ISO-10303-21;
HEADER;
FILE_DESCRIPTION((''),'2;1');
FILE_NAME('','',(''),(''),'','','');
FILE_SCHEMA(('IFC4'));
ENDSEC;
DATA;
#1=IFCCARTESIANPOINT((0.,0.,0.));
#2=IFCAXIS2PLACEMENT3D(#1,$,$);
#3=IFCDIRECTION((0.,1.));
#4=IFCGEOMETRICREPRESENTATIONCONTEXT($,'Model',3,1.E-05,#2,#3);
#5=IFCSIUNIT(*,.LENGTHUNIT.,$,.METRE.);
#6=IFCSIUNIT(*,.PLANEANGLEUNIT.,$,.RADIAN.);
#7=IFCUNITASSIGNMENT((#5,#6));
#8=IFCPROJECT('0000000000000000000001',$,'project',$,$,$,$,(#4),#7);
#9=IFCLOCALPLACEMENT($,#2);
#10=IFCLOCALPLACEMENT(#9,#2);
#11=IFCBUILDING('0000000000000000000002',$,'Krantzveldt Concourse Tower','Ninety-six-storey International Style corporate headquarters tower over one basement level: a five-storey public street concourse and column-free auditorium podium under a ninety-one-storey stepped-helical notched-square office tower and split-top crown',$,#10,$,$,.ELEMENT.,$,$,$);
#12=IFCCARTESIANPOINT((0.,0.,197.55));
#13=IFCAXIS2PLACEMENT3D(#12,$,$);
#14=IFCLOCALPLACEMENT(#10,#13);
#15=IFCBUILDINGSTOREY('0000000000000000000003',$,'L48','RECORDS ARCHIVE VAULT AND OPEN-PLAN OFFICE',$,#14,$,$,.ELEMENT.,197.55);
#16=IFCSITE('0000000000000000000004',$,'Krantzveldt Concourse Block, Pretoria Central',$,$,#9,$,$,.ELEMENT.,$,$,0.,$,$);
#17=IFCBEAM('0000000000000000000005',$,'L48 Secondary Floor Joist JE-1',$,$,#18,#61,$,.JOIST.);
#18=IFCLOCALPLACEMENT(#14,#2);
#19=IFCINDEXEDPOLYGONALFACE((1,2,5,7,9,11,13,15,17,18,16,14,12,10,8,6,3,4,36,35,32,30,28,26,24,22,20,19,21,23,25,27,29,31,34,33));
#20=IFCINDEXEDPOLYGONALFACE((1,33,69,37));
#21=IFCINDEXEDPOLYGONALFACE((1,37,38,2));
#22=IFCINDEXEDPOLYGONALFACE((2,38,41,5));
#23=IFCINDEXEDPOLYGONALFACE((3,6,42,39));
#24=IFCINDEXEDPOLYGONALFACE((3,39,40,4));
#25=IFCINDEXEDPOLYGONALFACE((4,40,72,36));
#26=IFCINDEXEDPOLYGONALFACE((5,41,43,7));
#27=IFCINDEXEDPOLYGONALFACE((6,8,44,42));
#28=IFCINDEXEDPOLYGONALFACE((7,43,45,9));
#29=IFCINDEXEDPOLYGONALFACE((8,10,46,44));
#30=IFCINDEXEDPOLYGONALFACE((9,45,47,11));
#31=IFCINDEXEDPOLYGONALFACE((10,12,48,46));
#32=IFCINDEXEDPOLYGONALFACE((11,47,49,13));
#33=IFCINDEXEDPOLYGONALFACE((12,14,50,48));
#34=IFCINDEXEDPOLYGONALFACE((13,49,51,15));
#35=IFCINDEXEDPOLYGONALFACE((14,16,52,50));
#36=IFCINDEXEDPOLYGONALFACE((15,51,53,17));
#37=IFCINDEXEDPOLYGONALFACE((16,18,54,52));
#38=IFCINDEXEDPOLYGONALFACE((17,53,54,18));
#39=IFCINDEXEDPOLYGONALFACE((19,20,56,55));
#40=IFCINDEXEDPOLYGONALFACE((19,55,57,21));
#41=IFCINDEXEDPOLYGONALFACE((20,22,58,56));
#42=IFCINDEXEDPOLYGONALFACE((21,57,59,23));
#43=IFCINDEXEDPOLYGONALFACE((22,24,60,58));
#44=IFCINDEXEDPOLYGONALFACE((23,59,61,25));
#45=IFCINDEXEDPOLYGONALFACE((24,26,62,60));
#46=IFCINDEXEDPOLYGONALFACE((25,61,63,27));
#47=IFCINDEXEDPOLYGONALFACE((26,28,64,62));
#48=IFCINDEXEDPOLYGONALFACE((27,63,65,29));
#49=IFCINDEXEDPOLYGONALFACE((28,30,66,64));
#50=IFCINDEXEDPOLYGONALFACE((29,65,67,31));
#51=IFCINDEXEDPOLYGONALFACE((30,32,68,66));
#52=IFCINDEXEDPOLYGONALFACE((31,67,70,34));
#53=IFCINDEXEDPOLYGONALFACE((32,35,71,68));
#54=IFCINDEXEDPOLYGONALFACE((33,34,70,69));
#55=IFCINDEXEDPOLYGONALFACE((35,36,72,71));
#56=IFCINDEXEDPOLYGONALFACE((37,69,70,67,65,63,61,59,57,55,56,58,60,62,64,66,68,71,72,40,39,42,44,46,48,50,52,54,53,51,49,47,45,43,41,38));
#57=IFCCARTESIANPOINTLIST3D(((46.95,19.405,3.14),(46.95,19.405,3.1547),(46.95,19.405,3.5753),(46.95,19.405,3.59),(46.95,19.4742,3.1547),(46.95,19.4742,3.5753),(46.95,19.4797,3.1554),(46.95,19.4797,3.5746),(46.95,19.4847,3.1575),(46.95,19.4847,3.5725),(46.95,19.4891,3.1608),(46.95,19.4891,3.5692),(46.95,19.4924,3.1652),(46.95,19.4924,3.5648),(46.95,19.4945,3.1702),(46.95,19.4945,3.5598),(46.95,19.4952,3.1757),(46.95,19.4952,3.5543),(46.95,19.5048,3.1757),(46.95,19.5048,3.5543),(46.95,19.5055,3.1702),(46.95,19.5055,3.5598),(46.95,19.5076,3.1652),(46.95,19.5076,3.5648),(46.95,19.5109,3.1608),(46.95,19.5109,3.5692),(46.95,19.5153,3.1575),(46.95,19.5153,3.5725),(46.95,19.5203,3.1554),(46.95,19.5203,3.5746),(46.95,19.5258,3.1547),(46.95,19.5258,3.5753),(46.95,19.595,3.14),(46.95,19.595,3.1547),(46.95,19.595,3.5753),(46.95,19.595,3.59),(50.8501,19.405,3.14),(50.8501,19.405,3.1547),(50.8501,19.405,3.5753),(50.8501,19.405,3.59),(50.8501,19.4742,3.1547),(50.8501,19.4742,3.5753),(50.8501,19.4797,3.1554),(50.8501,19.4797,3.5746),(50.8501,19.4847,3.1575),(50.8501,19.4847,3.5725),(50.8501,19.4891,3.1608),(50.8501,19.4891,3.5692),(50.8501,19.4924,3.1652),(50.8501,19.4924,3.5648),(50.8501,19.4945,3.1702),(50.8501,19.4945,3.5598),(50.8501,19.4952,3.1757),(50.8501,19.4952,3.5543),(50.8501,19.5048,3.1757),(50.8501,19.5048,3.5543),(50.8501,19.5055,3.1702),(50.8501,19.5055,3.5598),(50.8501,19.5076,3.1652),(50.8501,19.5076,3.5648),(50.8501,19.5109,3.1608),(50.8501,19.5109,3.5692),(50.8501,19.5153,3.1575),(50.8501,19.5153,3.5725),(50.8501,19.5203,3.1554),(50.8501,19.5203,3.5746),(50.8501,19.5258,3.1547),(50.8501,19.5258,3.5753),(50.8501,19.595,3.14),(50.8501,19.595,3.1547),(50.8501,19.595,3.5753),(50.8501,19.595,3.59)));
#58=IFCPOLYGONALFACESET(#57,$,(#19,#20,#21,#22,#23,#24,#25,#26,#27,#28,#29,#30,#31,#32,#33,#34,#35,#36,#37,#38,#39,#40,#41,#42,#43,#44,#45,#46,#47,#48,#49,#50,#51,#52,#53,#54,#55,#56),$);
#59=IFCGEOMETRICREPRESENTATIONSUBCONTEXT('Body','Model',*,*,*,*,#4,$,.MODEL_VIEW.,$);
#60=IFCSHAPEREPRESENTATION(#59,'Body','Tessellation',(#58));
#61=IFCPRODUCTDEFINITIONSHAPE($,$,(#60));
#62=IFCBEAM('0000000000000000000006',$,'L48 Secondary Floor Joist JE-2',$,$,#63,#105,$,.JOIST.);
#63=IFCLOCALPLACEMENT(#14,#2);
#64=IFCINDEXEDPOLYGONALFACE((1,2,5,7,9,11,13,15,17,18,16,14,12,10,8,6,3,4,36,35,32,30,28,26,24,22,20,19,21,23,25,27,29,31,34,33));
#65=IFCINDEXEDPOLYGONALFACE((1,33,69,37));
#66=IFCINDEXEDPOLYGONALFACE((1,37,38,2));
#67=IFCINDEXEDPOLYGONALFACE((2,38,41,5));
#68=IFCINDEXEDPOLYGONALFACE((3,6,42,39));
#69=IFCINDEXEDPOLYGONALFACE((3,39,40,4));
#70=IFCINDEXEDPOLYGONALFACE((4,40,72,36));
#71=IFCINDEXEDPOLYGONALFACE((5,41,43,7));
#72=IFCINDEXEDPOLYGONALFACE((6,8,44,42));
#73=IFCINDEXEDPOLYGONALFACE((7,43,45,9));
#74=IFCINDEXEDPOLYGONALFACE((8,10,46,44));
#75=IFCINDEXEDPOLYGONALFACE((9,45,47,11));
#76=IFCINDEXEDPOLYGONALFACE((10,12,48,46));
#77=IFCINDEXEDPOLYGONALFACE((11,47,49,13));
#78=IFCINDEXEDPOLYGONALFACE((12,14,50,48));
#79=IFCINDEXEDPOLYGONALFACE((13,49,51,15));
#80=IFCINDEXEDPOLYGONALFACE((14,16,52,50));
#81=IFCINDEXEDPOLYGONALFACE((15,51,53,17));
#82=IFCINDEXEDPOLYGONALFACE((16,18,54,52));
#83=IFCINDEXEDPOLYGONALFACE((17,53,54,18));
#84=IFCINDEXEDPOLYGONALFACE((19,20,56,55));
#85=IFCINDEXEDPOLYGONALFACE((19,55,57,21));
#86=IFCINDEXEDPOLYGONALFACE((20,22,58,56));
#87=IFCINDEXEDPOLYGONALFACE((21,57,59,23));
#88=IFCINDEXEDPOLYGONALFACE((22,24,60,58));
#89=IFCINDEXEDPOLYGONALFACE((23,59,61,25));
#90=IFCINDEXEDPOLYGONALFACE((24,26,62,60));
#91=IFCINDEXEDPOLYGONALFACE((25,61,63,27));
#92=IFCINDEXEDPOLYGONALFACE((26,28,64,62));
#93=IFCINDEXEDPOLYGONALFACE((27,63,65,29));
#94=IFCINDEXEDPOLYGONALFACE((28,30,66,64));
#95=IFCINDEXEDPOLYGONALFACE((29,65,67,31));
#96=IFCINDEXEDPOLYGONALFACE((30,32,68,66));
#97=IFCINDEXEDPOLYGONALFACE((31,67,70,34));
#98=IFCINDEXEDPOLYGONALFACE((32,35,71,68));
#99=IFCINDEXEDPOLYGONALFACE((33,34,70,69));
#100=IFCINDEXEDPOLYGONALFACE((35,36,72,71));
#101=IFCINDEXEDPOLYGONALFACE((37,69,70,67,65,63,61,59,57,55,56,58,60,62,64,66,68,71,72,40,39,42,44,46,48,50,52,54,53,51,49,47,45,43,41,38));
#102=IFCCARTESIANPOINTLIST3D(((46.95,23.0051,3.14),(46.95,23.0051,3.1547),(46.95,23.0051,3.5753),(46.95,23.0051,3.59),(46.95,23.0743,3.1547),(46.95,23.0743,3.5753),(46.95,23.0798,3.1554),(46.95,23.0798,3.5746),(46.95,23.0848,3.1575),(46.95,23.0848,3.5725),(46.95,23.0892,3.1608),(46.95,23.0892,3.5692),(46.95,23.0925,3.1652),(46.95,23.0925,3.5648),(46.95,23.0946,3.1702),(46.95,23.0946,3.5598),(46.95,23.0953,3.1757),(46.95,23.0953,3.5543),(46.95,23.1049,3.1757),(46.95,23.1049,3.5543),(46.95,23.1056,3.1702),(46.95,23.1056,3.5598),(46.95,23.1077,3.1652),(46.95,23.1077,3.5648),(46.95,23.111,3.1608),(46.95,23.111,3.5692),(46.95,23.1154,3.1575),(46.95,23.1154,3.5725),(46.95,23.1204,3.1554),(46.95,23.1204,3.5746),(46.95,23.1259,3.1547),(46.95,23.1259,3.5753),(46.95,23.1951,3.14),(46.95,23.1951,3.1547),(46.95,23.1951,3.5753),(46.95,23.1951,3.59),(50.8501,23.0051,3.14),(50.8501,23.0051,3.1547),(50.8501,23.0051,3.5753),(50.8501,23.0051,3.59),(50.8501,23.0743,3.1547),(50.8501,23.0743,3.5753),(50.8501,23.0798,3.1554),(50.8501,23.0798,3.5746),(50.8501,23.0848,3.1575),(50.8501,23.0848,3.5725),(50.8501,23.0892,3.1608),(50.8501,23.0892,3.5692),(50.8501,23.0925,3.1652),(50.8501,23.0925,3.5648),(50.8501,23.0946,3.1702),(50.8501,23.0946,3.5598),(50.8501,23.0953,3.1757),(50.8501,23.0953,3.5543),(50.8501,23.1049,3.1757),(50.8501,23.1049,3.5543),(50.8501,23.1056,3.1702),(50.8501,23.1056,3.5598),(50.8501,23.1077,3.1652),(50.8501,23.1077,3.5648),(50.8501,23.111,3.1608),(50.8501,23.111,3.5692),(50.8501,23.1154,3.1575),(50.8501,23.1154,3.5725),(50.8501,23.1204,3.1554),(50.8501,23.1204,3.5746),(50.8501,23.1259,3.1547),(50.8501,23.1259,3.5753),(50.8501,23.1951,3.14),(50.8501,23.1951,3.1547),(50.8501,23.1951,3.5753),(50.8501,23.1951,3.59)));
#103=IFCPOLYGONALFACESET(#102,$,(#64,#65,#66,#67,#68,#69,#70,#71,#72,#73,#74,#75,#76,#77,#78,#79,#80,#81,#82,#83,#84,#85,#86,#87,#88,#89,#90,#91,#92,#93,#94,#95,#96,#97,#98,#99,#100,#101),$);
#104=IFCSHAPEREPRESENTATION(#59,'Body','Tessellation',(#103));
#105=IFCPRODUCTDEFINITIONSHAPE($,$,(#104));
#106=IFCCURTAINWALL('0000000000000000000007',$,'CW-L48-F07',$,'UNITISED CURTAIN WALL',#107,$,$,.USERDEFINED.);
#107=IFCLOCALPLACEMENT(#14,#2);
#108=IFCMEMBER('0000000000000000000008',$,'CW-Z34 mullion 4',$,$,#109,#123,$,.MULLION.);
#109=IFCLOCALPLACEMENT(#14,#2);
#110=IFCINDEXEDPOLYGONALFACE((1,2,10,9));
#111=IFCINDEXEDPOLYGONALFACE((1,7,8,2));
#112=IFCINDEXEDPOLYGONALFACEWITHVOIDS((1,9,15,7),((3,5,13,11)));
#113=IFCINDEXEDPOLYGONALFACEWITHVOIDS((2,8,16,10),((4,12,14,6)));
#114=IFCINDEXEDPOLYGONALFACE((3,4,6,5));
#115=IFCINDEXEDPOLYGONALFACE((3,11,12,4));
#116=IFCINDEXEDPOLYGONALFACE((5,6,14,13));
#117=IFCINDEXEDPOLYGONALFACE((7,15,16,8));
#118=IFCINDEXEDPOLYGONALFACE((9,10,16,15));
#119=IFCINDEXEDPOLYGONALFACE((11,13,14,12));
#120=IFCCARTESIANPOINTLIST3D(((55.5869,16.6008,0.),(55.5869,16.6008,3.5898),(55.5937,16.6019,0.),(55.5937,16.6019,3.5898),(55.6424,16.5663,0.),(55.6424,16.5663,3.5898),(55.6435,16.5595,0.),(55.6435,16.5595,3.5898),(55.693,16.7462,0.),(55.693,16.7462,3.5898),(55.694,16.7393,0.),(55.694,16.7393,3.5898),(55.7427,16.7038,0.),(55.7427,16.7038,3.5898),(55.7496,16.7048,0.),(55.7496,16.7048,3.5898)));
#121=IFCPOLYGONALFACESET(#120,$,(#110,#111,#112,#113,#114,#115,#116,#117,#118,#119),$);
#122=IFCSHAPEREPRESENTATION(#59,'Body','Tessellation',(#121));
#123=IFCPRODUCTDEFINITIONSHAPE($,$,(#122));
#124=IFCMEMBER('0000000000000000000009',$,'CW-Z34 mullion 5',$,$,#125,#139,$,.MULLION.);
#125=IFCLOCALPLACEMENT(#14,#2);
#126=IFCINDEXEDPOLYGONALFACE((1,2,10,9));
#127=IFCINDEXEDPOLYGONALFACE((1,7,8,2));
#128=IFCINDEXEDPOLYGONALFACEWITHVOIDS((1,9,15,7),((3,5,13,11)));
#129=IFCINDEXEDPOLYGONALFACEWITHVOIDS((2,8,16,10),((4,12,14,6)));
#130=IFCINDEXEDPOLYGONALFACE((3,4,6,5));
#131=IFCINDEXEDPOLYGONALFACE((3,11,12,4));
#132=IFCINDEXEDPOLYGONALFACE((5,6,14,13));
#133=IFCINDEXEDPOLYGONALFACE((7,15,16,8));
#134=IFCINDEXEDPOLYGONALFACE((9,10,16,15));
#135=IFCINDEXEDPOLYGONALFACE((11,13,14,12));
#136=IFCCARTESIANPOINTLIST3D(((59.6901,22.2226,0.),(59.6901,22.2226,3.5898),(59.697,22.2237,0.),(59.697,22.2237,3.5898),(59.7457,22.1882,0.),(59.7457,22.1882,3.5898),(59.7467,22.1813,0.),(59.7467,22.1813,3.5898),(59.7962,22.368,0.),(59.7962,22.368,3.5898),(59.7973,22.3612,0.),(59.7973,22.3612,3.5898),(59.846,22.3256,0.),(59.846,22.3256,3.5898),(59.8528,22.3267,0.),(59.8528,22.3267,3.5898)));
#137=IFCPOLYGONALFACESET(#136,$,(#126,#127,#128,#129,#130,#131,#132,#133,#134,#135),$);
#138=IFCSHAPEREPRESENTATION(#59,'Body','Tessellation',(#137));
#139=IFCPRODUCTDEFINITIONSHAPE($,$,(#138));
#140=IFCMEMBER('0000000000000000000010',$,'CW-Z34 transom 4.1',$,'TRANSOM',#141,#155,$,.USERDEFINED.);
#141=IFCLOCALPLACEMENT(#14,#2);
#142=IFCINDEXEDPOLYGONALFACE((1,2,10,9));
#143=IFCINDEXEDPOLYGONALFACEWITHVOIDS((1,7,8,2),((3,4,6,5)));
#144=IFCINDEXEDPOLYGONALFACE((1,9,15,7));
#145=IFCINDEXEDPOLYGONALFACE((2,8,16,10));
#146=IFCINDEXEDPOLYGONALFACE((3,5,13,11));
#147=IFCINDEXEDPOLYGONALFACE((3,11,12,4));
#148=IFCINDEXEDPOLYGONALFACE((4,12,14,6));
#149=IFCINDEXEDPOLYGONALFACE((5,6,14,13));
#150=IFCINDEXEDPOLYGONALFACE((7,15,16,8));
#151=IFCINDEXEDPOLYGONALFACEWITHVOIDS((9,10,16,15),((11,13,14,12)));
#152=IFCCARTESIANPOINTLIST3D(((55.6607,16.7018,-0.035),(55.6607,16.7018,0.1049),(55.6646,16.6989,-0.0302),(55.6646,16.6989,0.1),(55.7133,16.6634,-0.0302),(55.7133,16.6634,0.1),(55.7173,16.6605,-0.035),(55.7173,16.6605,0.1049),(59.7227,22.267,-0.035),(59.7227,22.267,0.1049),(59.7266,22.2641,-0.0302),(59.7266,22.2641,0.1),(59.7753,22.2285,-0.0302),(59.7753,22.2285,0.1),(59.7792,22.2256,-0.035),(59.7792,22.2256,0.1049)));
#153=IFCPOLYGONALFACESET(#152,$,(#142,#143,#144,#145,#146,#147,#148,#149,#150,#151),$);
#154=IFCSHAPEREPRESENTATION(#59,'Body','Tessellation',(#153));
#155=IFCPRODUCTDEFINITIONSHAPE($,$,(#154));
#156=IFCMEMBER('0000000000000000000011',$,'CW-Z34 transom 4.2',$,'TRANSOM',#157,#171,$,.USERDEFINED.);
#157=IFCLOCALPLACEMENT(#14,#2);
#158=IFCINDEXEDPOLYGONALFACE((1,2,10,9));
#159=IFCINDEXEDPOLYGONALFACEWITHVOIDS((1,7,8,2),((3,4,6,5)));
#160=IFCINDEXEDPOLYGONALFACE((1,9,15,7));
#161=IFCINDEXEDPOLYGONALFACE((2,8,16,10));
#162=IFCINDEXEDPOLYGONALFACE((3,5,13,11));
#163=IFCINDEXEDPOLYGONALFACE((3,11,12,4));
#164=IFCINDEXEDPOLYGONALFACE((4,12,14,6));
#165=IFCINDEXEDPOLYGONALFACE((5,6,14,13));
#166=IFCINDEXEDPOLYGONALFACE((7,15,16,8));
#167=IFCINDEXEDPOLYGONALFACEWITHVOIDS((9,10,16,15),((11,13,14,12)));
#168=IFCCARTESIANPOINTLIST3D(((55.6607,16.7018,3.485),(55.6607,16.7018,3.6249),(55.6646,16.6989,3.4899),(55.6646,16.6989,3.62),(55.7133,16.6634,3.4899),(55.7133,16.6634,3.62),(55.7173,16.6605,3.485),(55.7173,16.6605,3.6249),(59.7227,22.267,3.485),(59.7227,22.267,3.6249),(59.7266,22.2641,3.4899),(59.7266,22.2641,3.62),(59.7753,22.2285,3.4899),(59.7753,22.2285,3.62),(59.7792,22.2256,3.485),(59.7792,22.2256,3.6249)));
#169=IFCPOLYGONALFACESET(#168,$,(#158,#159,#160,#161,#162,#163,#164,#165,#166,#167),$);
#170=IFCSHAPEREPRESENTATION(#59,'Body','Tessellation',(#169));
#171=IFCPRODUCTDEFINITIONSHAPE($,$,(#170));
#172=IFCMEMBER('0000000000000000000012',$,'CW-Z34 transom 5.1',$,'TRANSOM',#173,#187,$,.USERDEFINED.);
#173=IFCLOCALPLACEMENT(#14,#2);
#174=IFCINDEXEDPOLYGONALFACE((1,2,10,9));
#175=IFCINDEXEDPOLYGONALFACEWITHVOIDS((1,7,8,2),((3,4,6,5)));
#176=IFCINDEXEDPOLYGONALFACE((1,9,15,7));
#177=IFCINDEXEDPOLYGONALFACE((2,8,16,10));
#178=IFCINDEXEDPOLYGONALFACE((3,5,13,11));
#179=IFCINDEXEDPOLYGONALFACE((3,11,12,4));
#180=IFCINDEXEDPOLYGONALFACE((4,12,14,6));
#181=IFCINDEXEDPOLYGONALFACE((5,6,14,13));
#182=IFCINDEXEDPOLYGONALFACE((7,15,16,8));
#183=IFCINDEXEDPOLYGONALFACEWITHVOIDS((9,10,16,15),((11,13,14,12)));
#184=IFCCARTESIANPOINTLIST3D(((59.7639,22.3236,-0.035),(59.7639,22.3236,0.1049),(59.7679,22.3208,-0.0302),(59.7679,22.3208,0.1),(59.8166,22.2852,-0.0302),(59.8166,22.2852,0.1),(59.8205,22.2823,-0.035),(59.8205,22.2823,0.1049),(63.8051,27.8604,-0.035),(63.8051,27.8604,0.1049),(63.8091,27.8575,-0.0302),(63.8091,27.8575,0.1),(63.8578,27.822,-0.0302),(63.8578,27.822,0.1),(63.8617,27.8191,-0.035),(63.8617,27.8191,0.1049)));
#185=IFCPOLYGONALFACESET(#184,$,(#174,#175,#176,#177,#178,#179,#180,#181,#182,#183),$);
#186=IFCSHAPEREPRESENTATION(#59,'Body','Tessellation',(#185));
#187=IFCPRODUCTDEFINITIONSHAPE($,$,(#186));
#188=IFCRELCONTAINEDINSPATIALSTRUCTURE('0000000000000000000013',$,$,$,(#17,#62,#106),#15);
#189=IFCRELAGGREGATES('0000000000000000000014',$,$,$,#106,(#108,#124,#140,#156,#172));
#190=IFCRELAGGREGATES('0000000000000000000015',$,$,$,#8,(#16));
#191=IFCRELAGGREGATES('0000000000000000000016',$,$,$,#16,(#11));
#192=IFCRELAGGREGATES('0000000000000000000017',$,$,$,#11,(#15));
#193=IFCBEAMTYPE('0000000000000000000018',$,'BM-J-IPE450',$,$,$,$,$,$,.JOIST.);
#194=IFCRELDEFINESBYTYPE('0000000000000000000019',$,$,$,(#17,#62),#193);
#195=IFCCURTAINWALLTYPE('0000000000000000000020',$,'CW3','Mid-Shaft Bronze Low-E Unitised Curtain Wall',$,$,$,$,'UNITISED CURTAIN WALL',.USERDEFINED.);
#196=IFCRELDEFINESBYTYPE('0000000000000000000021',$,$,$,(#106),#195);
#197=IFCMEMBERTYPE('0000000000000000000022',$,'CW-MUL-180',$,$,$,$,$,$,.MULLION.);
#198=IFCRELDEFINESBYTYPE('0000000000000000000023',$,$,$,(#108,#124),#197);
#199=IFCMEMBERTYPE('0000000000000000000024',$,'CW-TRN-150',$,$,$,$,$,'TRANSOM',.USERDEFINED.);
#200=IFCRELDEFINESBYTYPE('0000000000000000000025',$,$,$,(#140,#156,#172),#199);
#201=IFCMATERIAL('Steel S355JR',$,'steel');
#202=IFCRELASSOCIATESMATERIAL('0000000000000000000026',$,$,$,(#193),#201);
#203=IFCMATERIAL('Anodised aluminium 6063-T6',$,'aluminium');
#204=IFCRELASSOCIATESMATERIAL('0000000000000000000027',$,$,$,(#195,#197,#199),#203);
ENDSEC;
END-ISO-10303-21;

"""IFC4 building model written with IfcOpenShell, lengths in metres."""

from ifc_helpers import new_model, si_unit, direction, frame, origin, origin_2d, place, context, subcontext, project, spatial, hollow_rectangle, i_section, extrude, source, transform, mapped, material, material_profile, profile_set, type_object, type_shapes, element, aggregate, save


model = new_model("IFC4")

# Units and contexts
model_context = context("Model", 3, precision=1e-05, world=origin(), true_north=direction((0.0, 1.0)))
body_context = subcontext(model_context, "Body", "Model", "MODEL_VIEW")
ifc_project = project(units=[si_unit("LENGTHUNIT", "METRE"), si_unit("PLANEANGLEUNIT", "RADIAN")], contexts=[model_context])

# Site, building, storey
site_placement = place(None, origin())
site = spatial("IfcSite", under=ifc_project, at=site_placement, Name="Krantzveldt Concourse Block, Pretoria Central", CompositionType="ELEMENT", RefElevation=0.0)
building_placement = place(site_placement, origin())
building = spatial("IfcBuilding", under=site, at=building_placement, Name="Krantzveldt Concourse Tower", Description="Ninety-six-storey International Style corporate headquarters tower over one basement level: a five-storey public street concourse and column-free auditorium podium under a ninety-one-storey stepped-helical notched-square office tower and split-top crown", CompositionType="ELEMENT")
storey_placement = place(building_placement, frame((0.0, 0.0, 197.55)))
storey = spatial("IfcBuildingStorey", under=building, at=storey_placement, Name="L48", Description="RECORDS ARCHIVE VAULT AND OPEN-PLAN OFFICE", CompositionType="ELEMENT", Elevation=197.55)

# Beams
ifc_material_1 = material(Name="Steel S355JR", Category="steel")
ifc_material_profile_1 = material_profile(ifc_material_1, i_section(OverallWidth=0.1899, OverallDepth=0.45, WebThickness=0.0095, FlangeThickness=0.0146, FilletRadius=0.021, at=origin_2d()), Name="Steel S355JR", Category="steel")
ifc_profile_set_1 = profile_set([ifc_material_profile_1], Name="Steel S355JR - IPE 450")
beam_type_1 = type_object("IfcBeamType", Name="BM-J-IPE450", PredefinedType="JOIST", material=ifc_profile_set_1)
shared_shape_1 = source(origin(), body_context, "Body", "SweptSolid", [
    extrude(i_section(OverallWidth=0.1899, OverallDepth=0.45, WebThickness=0.0095, FlangeThickness=0.0146, FilletRadius=0.021, at=origin_2d()), origin(), (0.0, 0.0, 1.0), 3.9001),
])
type_shapes(beam_type_1, [shared_shape_1])
for number, where, z_axis, x_axis, name in (
    (1, (46.95, 19.5, 3.365), (1.0, 0.0, 0.0), (0.0, 1.0, 0.0), "L48 Secondary Floor Joist JE-1"),
    (2, (46.95, 23.1001, 3.365), (1.0, 0.0, 0.0), (0.0, 1.0, 0.0), "L48 Secondary Floor Joist JE-2"),
):
    element("IfcBeam", number, at=place(storey_placement, frame(where, z_axis=z_axis, x_axis=x_axis)), inside=storey, type_object=beam_type_1, Name=name, PredefinedType="JOIST", context=body_context, shape_type="MappedRepresentation", body=[
        mapped(shared_shape_1, transform((0.0, 0.0, 0.0), x_axis=(1.0, 0.0, 0.0), y_axis=(0.0, 1.0, 0.0), z_axis=(0.0, 0.0, 1.0), scale=1.0)),
    ])

# Curtain wall, members
ifc_material_2 = material(Name="Anodised aluminium 6063-T6", Category="aluminium")
curtain_wall_type = type_object("IfcCurtainWallType", Name="CW3", Description="Mid-Shaft Bronze Low-E Unitised Curtain Wall", ElementType="UNITISED CURTAIN WALL", PredefinedType="USERDEFINED", material=ifc_material_2)
curtain_wall_placement = place(storey_placement, origin())
curtain_wall = element("IfcCurtainWall", 3, at=curtain_wall_placement, inside=storey, type_object=curtain_wall_type, Name="CW-L48-F07", ObjectType="UNITISED CURTAIN WALL", PredefinedType="USERDEFINED")
ifc_material_profile_2 = material_profile(ifc_material_2, hollow_rectangle(XDim=0.0701, YDim=0.1799, WallThickness=0.0049, at=origin_2d()), Name="Anodised aluminium 6063-T6", Category="aluminium")
ifc_profile_set_2 = profile_set([ifc_material_profile_2], Name="Anodised aluminium 6063-T6 - ALU-MULL 180x70x5")
member_type_1 = type_object("IfcMemberType", Name="CW-MUL-180", PredefinedType="MULLION", material=ifc_profile_set_2)
shared_shape_2 = source(origin(), body_context, "Body", "SweptSolid", [
    extrude(hollow_rectangle(XDim=0.0701, YDim=0.1799, WallThickness=0.0049, at=origin_2d()), origin(), (0.0, 0.0, 1.0), 3.5898),
])
type_shapes(member_type_1, [shared_shape_2])
member_1_placement = place(storey_placement, frame((55.6682, 16.6528, 0.0), z_axis=(0.0, 0.0, 1.0), x_axis=(-0.807733, 0.589549, 0.0)))
member_1 = element("IfcMember", 4, at=member_1_placement, type_object=member_type_1, Name="CW-Z34 mullion 4", PredefinedType="MULLION", context=body_context, shape_type="MappedRepresentation", body=[
    mapped(shared_shape_2, transform((0.0, 0.0, 0.0), x_axis=(1.0, 0.0, 0.0), y_axis=(0.0, 1.0, 0.0), z_axis=(0.0, 0.0, 1.0), scale=1.0)),
])
member_2_placement = place(storey_placement, frame((59.7715, 22.2747, 0.0), z_axis=(0.0, 0.0, 1.0), x_axis=(-0.807733, 0.589549, 0.0)))
member_2 = element("IfcMember", 5, at=member_2_placement, type_object=member_type_1, Name="CW-Z34 mullion 5", PredefinedType="MULLION", context=body_context, shape_type="MappedRepresentation", body=[
    mapped(shared_shape_2, transform((0.0, 0.0, 0.0), x_axis=(1.0, 0.0, 0.0), y_axis=(0.0, 1.0, 0.0), z_axis=(0.0, 0.0, 1.0), scale=1.0)),
])
ifc_material_profile_3 = material_profile(ifc_material_2, hollow_rectangle(XDim=0.0701, YDim=0.1399, WallThickness=0.0049, at=origin_2d()), Name="Anodised aluminium 6063-T6", Category="aluminium")
ifc_profile_set_3 = profile_set([ifc_material_profile_3], Name="Anodised aluminium 6063-T6 - ALU-TRAN 140x70x5")
member_type_2 = type_object("IfcMemberType", Name="CW-TRN-150", ElementType="TRANSOM", PredefinedType="USERDEFINED", material=ifc_profile_set_3)
shared_shape_3 = source(origin(), body_context, "Body", "SweptSolid", [
    extrude(hollow_rectangle(XDim=0.0701, YDim=0.1399, WallThickness=0.0049, at=origin_2d()), origin(), (0.0, 0.0, 1.0), 6.8899),
])
member_3_placement = place(storey_placement, frame((55.689, 16.6812, 0.0349), z_axis=(0.589557, 0.807727, 0.0), x_axis=(-0.807727, 0.589557, 0.0)))
member_3 = element("IfcMember", 6, at=member_3_placement, type_object=member_type_2, Name="CW-Z34 transom 4.1", ObjectType="TRANSOM", PredefinedType="USERDEFINED", context=body_context, shape_type="MappedRepresentation", body=[
    mapped(shared_shape_3, transform((0.0, 0.0, 0.0), x_axis=(1.0, 0.0, 0.0), y_axis=(0.0, 1.0, 0.0), z_axis=(0.0, 0.0, 1.0), scale=1.0)),
])
member_4_placement = place(storey_placement, frame((55.689, 16.6812, 3.5549), z_axis=(0.589557, 0.807727, 0.0), x_axis=(-0.807727, 0.589557, 0.0)))
member_4 = element("IfcMember", 7, at=member_4_placement, type_object=member_type_2, Name="CW-Z34 transom 4.2", ObjectType="TRANSOM", PredefinedType="USERDEFINED", context=body_context, shape_type="MappedRepresentation", body=[
    mapped(shared_shape_3, transform((0.0, 0.0, 0.0), x_axis=(1.0, 0.0, 0.0), y_axis=(0.0, 1.0, 0.0), z_axis=(0.0, 0.0, 1.0), scale=1.0)),
])
shared_shape_4 = source(origin(), body_context, "Body", "SweptSolid", [
    extrude(hollow_rectangle(XDim=0.0701, YDim=0.1399, WallThickness=0.0049, at=origin_2d()), origin(), (0.0, 0.0, 1.0), 6.8547),
])
type_shapes(member_type_2, [shared_shape_3, shared_shape_4])
member_5_placement = place(storey_placement, frame((59.7922, 22.303, 0.0349), z_axis=(0.589549, 0.807732, 0.0), x_axis=(-0.807732, 0.589549, 0.0)))
member_5 = element("IfcMember", 8, at=member_5_placement, type_object=member_type_2, Name="CW-Z34 transom 5.1", ObjectType="TRANSOM", PredefinedType="USERDEFINED", context=body_context, shape_type="MappedRepresentation", body=[
    mapped(shared_shape_4, transform((0.0, 0.0, 0.0), x_axis=(1.0, 0.0, 0.0), y_axis=(0.0, 1.0, 0.0), z_axis=(0.0, 0.0, 1.0), scale=1.0)),
])
aggregate(curtain_wall, [member_1, member_2, member_3, member_4, member_5])

save(model, "model.ifc")
